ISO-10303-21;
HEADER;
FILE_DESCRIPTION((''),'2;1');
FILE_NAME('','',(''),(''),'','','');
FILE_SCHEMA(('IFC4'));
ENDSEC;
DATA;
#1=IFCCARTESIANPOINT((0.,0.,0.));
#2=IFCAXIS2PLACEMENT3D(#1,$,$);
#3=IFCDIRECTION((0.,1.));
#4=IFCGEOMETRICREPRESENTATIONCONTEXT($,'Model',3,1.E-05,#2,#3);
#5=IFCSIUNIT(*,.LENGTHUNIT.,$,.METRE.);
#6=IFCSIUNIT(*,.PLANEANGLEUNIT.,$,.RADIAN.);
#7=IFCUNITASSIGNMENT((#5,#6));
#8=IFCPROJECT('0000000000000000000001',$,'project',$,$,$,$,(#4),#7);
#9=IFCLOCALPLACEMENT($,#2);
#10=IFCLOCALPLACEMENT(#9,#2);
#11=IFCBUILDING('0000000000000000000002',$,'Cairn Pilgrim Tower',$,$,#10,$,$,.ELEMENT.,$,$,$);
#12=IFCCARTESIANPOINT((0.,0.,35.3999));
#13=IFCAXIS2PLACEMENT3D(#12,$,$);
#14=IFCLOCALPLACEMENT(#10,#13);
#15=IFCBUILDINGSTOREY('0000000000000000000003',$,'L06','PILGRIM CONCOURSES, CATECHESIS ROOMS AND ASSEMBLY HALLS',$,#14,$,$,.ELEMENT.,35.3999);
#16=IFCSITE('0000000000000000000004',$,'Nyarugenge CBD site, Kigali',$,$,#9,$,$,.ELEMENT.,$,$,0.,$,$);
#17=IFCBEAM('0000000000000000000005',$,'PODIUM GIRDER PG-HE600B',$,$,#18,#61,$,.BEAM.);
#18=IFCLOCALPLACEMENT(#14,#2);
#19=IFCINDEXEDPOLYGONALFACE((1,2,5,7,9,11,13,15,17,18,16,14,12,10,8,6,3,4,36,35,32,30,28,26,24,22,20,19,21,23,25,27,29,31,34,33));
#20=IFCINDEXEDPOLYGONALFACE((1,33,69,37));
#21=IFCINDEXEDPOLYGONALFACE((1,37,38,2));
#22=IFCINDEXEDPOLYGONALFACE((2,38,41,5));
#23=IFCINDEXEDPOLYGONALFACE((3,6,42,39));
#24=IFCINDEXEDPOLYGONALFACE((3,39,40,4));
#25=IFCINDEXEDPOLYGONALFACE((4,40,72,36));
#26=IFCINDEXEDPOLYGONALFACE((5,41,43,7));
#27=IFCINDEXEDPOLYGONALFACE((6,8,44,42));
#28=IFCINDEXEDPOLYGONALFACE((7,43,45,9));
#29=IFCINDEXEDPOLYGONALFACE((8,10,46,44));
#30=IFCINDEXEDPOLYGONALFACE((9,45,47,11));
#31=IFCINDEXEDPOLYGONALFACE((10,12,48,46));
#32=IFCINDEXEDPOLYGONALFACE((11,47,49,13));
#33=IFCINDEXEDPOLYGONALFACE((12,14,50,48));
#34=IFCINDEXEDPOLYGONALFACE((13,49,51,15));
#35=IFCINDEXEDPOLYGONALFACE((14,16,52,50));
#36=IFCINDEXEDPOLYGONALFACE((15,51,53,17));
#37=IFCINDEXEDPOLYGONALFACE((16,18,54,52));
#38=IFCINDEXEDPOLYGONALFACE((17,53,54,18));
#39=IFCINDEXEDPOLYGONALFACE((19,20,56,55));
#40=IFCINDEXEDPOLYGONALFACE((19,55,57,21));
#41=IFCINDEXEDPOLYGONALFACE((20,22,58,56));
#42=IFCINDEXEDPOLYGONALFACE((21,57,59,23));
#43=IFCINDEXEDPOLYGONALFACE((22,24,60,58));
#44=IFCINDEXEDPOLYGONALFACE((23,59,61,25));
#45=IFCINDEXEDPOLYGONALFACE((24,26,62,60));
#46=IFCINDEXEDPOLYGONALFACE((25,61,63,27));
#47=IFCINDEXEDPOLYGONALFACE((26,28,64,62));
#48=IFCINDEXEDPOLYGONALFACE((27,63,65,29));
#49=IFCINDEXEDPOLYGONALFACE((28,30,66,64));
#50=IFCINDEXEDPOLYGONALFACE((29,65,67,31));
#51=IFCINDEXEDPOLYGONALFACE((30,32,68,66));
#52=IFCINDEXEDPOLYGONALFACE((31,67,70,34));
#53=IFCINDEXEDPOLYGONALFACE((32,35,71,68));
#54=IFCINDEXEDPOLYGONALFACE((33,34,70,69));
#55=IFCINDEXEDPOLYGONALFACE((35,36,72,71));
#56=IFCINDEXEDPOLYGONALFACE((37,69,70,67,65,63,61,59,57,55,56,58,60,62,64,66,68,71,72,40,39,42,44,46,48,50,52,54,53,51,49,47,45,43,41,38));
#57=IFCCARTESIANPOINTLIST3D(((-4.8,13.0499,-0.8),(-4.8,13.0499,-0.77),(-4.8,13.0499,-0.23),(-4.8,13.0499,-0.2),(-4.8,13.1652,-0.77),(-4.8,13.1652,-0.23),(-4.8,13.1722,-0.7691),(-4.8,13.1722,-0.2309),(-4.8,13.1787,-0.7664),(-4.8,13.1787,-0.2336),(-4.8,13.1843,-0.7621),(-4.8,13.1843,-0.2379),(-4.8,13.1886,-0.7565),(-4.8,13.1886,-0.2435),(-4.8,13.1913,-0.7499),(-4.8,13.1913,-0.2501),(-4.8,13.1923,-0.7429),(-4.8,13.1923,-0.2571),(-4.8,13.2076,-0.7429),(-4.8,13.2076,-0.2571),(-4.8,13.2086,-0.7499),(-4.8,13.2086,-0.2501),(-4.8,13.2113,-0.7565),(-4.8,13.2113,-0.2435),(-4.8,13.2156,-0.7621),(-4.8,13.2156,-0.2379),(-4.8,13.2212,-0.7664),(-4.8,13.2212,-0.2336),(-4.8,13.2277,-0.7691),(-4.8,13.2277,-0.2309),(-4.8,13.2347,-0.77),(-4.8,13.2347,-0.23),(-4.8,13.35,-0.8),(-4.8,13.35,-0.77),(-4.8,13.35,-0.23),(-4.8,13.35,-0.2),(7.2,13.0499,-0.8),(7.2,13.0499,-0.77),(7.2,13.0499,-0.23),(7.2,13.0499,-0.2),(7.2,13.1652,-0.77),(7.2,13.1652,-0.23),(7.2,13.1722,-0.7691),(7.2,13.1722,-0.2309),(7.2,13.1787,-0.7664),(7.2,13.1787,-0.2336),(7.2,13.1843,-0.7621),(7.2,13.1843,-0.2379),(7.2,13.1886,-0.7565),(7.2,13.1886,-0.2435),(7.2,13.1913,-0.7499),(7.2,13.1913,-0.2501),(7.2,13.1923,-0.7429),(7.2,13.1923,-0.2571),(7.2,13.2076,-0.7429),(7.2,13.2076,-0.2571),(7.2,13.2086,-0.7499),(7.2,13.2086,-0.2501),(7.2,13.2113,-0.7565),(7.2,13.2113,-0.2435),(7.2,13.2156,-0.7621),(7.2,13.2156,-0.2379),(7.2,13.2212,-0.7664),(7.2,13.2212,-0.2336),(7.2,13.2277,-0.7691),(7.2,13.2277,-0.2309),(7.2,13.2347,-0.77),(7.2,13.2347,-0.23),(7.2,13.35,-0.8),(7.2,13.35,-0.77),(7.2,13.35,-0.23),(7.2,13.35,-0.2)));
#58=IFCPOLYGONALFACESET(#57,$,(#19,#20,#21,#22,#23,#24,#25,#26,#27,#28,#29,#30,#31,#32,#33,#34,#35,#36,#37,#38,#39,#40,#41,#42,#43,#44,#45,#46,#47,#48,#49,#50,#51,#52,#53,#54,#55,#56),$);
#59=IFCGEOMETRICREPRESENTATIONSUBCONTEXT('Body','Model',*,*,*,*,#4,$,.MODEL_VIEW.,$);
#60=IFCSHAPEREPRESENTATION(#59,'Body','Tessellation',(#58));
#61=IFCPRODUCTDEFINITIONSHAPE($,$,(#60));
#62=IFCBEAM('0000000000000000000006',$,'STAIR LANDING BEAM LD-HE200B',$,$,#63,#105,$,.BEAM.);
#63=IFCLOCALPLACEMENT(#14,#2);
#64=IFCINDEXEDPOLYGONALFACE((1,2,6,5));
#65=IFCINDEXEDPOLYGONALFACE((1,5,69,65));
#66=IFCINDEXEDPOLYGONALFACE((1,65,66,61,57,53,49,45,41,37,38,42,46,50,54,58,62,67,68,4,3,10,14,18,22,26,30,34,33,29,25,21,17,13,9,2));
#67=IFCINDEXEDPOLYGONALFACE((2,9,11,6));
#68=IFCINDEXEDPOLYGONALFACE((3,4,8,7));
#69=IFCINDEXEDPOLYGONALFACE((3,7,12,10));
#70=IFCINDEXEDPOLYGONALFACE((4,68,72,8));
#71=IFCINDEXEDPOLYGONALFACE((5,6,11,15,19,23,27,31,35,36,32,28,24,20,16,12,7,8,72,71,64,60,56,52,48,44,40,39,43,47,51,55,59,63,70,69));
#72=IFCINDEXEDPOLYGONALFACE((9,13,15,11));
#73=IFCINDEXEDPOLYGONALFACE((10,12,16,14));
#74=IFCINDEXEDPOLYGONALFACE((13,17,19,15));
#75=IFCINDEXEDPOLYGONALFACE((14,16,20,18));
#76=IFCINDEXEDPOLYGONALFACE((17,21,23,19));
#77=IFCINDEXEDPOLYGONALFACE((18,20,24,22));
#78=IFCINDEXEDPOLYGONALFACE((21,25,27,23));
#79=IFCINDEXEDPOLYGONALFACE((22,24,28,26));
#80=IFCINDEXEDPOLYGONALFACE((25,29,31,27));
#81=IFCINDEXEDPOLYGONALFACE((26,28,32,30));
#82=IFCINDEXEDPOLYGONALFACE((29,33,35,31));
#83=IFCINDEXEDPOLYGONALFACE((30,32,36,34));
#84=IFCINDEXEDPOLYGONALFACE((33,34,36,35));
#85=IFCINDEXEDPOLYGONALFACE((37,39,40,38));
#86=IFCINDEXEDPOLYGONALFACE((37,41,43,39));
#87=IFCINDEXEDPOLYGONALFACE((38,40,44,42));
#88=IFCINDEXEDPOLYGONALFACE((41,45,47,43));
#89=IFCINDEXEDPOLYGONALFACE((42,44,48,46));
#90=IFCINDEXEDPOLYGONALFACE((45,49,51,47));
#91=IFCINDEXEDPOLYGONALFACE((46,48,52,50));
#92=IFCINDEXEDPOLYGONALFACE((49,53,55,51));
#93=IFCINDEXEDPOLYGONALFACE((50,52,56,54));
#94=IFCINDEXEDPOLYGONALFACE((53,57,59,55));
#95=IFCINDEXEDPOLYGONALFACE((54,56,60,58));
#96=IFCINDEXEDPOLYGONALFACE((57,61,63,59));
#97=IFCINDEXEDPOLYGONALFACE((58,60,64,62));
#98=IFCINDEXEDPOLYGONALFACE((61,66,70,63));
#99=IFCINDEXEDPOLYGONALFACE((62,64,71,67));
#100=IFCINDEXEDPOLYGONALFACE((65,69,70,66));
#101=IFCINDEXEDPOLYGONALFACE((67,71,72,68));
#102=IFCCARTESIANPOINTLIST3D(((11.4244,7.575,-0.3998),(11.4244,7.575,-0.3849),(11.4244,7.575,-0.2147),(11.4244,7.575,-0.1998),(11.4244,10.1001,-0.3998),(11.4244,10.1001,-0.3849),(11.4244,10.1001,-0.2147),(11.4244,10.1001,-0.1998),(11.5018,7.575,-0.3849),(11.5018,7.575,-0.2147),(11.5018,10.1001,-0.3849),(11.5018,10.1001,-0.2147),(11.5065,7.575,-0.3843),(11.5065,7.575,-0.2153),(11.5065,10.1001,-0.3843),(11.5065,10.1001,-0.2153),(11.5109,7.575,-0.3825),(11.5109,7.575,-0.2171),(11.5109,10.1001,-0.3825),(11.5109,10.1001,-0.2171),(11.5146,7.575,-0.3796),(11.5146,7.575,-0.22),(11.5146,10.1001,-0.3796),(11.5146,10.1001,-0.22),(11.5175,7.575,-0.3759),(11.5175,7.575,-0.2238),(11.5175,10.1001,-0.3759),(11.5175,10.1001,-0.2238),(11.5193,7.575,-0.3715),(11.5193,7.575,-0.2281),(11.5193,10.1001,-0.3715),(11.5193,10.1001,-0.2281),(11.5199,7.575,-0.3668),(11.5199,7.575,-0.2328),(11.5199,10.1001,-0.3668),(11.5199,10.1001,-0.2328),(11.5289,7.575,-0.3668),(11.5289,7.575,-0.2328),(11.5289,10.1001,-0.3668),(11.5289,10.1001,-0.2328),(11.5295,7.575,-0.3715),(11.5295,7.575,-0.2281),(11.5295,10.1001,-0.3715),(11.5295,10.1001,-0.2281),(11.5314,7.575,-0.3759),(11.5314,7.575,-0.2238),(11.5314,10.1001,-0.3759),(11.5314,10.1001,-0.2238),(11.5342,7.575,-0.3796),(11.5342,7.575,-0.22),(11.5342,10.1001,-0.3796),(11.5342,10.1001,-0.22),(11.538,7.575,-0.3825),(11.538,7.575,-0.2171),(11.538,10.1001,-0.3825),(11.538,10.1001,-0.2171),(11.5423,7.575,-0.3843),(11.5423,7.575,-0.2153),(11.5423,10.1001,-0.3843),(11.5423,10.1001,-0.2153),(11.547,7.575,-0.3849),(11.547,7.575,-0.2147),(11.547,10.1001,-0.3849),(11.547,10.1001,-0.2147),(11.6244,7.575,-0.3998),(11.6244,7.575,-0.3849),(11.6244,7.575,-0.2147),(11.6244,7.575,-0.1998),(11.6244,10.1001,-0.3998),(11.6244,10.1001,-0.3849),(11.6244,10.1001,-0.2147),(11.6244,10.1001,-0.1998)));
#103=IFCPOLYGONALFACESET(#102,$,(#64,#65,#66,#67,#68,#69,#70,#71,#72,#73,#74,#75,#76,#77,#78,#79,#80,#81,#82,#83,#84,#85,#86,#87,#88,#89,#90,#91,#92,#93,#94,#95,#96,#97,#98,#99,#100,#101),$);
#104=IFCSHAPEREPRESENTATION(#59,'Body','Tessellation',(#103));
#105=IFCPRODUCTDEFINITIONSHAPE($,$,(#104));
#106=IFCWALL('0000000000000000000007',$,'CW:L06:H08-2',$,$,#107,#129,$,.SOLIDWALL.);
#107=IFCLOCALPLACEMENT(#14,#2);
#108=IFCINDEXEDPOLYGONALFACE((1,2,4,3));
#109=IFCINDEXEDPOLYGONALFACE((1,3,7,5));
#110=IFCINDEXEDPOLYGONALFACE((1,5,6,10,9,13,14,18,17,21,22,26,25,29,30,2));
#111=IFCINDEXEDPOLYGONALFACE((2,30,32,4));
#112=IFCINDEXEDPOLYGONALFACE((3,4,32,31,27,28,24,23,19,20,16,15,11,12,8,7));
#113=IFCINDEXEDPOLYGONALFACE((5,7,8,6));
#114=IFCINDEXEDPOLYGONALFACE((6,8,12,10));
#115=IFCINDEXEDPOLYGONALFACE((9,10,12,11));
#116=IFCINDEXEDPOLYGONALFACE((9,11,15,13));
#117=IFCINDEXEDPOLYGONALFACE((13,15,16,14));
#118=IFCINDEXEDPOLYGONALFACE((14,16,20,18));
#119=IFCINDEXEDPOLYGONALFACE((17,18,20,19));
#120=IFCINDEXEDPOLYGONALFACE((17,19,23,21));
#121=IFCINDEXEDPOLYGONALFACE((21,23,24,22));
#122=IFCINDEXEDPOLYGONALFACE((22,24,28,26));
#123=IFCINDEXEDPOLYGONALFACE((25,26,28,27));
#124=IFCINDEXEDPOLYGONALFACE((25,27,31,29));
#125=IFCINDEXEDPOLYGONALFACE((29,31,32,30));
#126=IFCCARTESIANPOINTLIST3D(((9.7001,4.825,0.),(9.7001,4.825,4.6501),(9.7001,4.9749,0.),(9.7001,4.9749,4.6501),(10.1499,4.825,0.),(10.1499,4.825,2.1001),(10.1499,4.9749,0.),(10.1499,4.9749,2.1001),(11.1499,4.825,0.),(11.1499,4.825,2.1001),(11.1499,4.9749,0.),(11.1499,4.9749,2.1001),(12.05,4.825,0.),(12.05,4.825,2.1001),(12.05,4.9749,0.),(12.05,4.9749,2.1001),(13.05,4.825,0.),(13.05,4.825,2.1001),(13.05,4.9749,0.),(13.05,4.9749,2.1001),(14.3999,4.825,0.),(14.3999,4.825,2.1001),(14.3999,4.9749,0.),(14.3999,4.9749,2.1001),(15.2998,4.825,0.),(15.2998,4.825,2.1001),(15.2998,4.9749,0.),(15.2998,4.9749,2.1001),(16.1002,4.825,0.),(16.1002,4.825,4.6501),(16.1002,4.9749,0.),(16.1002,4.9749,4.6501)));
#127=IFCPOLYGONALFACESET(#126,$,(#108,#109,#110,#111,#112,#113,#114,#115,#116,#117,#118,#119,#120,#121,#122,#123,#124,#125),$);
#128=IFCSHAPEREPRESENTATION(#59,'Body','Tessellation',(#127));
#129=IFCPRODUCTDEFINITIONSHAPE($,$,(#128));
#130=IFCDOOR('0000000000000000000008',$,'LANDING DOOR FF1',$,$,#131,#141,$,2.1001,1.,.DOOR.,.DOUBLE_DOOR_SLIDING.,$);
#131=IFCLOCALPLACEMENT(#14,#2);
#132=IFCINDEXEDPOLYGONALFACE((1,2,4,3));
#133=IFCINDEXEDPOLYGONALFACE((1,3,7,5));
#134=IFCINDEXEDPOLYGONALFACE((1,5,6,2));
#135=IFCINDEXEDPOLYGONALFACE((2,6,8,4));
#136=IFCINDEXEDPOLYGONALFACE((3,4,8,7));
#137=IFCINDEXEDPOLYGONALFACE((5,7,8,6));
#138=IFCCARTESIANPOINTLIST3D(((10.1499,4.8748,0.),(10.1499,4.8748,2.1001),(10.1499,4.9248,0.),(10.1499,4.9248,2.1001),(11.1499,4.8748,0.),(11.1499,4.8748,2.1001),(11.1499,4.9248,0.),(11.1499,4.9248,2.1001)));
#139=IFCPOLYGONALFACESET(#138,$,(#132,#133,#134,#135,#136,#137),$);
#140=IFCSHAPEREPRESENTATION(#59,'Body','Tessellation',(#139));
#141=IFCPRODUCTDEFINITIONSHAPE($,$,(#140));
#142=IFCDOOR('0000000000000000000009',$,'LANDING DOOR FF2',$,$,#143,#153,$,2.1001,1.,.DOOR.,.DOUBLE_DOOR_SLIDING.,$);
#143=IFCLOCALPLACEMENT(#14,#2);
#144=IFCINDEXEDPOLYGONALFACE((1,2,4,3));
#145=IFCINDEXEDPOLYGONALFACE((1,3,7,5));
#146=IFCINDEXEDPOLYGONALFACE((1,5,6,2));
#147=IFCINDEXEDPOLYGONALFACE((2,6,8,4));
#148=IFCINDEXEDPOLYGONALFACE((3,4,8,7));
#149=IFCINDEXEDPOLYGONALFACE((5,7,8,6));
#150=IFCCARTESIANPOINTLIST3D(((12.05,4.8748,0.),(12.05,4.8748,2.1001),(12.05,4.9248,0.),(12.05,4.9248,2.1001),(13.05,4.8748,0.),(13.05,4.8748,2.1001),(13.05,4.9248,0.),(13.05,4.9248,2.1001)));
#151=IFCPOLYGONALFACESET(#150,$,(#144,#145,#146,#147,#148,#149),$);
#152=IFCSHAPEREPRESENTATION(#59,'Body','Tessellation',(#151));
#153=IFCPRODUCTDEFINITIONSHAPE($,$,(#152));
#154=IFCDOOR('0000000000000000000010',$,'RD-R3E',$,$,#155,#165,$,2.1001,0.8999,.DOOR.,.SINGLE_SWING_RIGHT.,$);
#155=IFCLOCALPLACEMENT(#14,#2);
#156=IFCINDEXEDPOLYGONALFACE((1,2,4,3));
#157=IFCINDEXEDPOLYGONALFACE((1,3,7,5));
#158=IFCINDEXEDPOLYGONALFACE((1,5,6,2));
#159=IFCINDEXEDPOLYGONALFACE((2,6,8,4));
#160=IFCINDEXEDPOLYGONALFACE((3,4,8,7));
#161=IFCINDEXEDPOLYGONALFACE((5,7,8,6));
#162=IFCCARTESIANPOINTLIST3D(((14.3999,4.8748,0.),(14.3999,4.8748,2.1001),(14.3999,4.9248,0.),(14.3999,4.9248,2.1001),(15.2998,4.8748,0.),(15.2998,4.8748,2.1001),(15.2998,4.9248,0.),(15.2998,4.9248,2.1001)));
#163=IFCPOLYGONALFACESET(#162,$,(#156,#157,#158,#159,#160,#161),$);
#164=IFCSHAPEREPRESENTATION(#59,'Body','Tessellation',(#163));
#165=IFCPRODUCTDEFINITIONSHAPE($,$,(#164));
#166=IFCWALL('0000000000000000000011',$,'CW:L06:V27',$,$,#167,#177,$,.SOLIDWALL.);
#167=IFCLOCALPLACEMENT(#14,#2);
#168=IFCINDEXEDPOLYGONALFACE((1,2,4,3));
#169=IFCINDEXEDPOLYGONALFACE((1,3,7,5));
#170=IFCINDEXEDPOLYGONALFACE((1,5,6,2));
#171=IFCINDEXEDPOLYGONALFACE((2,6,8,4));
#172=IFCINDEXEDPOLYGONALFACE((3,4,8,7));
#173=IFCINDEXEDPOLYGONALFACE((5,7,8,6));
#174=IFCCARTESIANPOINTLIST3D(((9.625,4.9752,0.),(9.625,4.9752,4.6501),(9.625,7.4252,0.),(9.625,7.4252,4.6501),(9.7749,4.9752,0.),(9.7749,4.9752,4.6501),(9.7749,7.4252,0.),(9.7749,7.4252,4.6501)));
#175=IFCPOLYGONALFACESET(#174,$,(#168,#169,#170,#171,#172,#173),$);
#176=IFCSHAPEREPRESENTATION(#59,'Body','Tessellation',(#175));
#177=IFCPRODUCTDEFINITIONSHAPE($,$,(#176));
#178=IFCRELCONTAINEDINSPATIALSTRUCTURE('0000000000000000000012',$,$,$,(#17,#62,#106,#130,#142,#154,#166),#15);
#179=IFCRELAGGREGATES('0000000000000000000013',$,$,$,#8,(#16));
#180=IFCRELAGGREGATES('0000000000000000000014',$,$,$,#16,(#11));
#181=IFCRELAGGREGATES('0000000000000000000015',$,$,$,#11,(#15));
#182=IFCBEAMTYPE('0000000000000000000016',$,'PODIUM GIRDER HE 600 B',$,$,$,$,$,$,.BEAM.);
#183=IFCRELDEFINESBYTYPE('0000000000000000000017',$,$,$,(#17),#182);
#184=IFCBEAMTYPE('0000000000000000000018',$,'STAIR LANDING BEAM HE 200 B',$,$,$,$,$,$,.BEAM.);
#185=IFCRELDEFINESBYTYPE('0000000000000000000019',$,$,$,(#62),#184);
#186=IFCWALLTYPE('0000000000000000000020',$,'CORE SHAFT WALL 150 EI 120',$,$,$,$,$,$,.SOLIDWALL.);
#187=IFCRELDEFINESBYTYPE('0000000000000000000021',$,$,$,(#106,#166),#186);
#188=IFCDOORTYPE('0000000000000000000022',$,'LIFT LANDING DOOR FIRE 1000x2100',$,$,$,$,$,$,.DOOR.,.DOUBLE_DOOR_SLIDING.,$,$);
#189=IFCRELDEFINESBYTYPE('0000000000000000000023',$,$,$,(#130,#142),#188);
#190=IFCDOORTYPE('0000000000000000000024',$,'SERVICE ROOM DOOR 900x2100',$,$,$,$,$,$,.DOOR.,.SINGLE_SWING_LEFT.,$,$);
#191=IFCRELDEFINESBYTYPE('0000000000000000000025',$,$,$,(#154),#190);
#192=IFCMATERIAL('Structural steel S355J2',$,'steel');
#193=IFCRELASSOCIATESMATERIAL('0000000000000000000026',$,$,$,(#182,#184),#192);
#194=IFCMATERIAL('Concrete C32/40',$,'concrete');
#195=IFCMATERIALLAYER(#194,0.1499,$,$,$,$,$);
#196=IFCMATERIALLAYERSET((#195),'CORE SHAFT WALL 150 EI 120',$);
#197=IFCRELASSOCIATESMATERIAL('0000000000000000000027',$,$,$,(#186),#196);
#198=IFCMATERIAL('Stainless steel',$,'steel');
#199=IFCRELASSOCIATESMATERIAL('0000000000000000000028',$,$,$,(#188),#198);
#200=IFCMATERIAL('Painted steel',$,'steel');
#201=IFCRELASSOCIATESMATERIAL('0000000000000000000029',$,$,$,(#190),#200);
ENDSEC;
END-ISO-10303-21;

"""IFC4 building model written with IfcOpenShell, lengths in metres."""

from ifc_helpers import new_model, si_unit, direction, frame, frame_2d, origin, origin_2d, place, context, subcontext, project, spatial, rectangle, i_section, extrude, material, layer, layer_set, material_profile, profile_set, type_object, element, fill, save


model = new_model("IFC4")

# Units and contexts
model_context = context("Model", 3, precision=1e-05, world=origin(), true_north=direction((0.0, 1.0)))
body_context = subcontext(model_context, "Body", "Model", "MODEL_VIEW")
ifc_project = project(units=[si_unit("LENGTHUNIT", "METRE"), si_unit("PLANEANGLEUNIT", "RADIAN")], contexts=[model_context])

# Site, building, storey
site_placement = place(None, origin())
site = spatial("IfcSite", under=ifc_project, at=site_placement, Name="Nyarugenge CBD site, Kigali", CompositionType="ELEMENT", RefElevation=0.0)
building_placement = place(site_placement, origin())
building = spatial("IfcBuilding", under=site, at=building_placement, Name="Cairn Pilgrim Tower", CompositionType="ELEMENT")
storey_placement = place(building_placement, frame((0.0, 0.0, 35.3999)))
storey = spatial("IfcBuildingStorey", under=building, at=storey_placement, Name="L06", Description="PILGRIM CONCOURSES, CATECHESIS ROOMS AND ASSEMBLY HALLS", CompositionType="ELEMENT", Elevation=35.3999)

# Beams
ifc_material_1 = material(Name="Structural steel S355J2", Category="steel")
ifc_material_profile_1 = material_profile(ifc_material_1, i_section(OverallWidth=0.3, OverallDepth=0.6001, WebThickness=0.0154, FlangeThickness=0.03, FilletRadius=0.0271, at=origin_2d()), Name="HEB 600")
ifc_profile_set_1 = profile_set([ifc_material_profile_1], Name="Structural steel S355J2")
beam_type_1 = type_object("IfcBeamType", Name="PODIUM GIRDER HE 600 B", PredefinedType="BEAM", material=ifc_profile_set_1)
beam_1_placement = place(storey_placement, frame((7.2, 13.2, -0.5), z_axis=(-1.0, 0.0, 0.0), x_axis=(0.0, -1.0, 0.0)))
element("IfcBeam", 1, at=beam_1_placement, inside=storey, type_object=beam_type_1, Name="PODIUM GIRDER PG-HE600B", PredefinedType="BEAM", context=body_context, shape_type="SweptSolid", body=[
    extrude(i_section(OverallWidth=0.3, OverallDepth=0.6001, WebThickness=0.0154, FlangeThickness=0.03, FilletRadius=0.0271, at=origin_2d()), origin(), (0.0, 0.0, 1.0), 12.0),
])
ifc_material_profile_2 = material_profile(ifc_material_1, i_section(OverallWidth=0.2, OverallDepth=0.2, WebThickness=0.009, FlangeThickness=0.0149, FilletRadius=0.0181, at=origin_2d()), Name="HE 200 B")
ifc_profile_set_2 = profile_set([ifc_material_profile_2], Name="Structural steel S355J2")
beam_type_2 = type_object("IfcBeamType", Name="STAIR LANDING BEAM HE 200 B", PredefinedType="BEAM", material=ifc_profile_set_2)
beam_2_placement = place(storey_placement, frame((11.5244, 10.1001, -0.2998), z_axis=(0.0, -1.0, 0.0), x_axis=(1.0, 0.0, 0.0)))
element("IfcBeam", 2, at=beam_2_placement, inside=storey, type_object=beam_type_2, Name="STAIR LANDING BEAM LD-HE200B", PredefinedType="BEAM", context=body_context, shape_type="SweptSolid", body=[
    extrude(i_section(OverallWidth=0.2, OverallDepth=0.2, WebThickness=0.009, FlangeThickness=0.0149, FilletRadius=0.0181, at=origin_2d()), origin(), (0.0, 0.0, 1.0), 2.5251),
])

# Wall, openings, doors
ifc_material_2 = material(Name="Concrete C32/40", Category="concrete")
ifc_layer_1 = layer(ifc_material_2, 0.1499)
ifc_layer_set_1 = layer_set([ifc_layer_1], Name="CORE SHAFT WALL 150 EI 120")
wall_type_1 = type_object("IfcWallType", Name="CORE SHAFT WALL 150 EI 120", PredefinedType="SOLIDWALL", material=ifc_layer_set_1)
wall_1_placement = place(storey_placement, frame((9.7, 4.8999, 0.0), z_axis=(0.0, 0.0, 1.0), x_axis=(1.0, 0.0, 0.0)))
wall_1 = element("IfcWall", 3, at=wall_1_placement, inside=storey, type_object=wall_type_1, Name="CW:L06:H08-2", PredefinedType="SOLIDWALL", context=body_context, shape_type="SweptSolid", body=[
    extrude(rectangle(XDim=6.4001, YDim=0.1499, at=frame_2d((3.2002, 0.0))), origin(), (0.0, 0.0, 1.0), 4.6501),
])
opening_1_placement = place(wall_1_placement, frame((0.45, 0.0, 0.0)))
opening_1 = element("IfcOpeningElement", 4, at=opening_1_placement, cuts=wall_1, PredefinedType="OPENING", context=body_context, shape_type="SweptSolid", body=[
    extrude(rectangle(XDim=1.0, YDim=2.1001, at=frame_2d((0.5, 1.05))), frame((0.0, 0.085, 0.0), z_axis=(0.0, -1.0, 0.0), x_axis=(1.0, 0.0, 0.0)), (0.0, 0.0, 1.0), 0.1699),
])
opening_2_placement = place(wall_1_placement, frame((2.3501, 0.0, 0.0)))
opening_2 = element("IfcOpeningElement", 5, at=opening_2_placement, cuts=wall_1, PredefinedType="OPENING", context=body_context, shape_type="SweptSolid", body=[
    extrude(rectangle(XDim=1.0, YDim=2.1001, at=frame_2d((0.5, 1.05))), frame((0.0, 0.085, 0.0), z_axis=(0.0, -1.0, 0.0), x_axis=(1.0, 0.0, 0.0)), (0.0, 0.0, 1.0), 0.1699),
])
opening_3_placement = place(wall_1_placement, frame((4.7, 0.0, 0.0)))
opening_3 = element("IfcOpeningElement", 6, at=opening_3_placement, cuts=wall_1, PredefinedType="OPENING", context=body_context, shape_type="SweptSolid", body=[
    extrude(rectangle(XDim=0.8999, YDim=2.1001, at=frame_2d((0.45, 1.05))), frame((0.0, 0.085, 0.0), z_axis=(0.0, -1.0, 0.0), x_axis=(1.0, 0.0, 0.0)), (0.0, 0.0, 1.0), 0.1699),
])
ifc_material_3 = material(Name="Stainless steel", Category="steel")
door_type_1 = type_object("IfcDoorType", Name="LIFT LANDING DOOR FIRE 1000x2100", OperationType="DOUBLE_DOOR_SLIDING", PredefinedType="DOOR", material=ifc_material_3)
door_1_placement = place(opening_1_placement, origin())
door_1 = element("IfcDoor", 7, at=door_1_placement, inside=storey, type_object=door_type_1, Name="LANDING DOOR FF1", OperationType="DOUBLE_DOOR_SLIDING", OverallHeight=2.1001, OverallWidth=1.0, PredefinedType="DOOR", context=body_context, shape_type="SweptSolid", body=[
    extrude(rectangle(XDim=1.0, YDim=2.1001, at=frame_2d((0.5, 1.05))), frame((0.0, 0.0249, 0.0), z_axis=(0.0, -1.0, 0.0), x_axis=(1.0, 0.0, 0.0)), (0.0, 0.0, 1.0), 0.05),
])
fill(opening_1, door_1)
door_2_placement = place(opening_2_placement, origin())
door_2 = element("IfcDoor", 8, at=door_2_placement, inside=storey, type_object=door_type_1, Name="LANDING DOOR FF2", OperationType="DOUBLE_DOOR_SLIDING", OverallHeight=2.1001, OverallWidth=1.0, PredefinedType="DOOR", context=body_context, shape_type="SweptSolid", body=[
    extrude(rectangle(XDim=1.0, YDim=2.1001, at=frame_2d((0.5, 1.05))), frame((0.0, 0.0249, 0.0), z_axis=(0.0, -1.0, 0.0), x_axis=(1.0, 0.0, 0.0)), (0.0, 0.0, 1.0), 0.05),
])
fill(opening_2, door_2)
ifc_material_4 = material(Name="Painted steel", Category="steel")
door_type_2 = type_object("IfcDoorType", Name="SERVICE ROOM DOOR 900x2100", OperationType="SINGLE_SWING_LEFT", PredefinedType="DOOR", material=ifc_material_4)
door_3_placement = place(opening_3_placement, origin())
door_3 = element("IfcDoor", 9, at=door_3_placement, inside=storey, type_object=door_type_2, Name="RD-R3E", OperationType="SINGLE_SWING_RIGHT", OverallHeight=2.1001, OverallWidth=0.8999, PredefinedType="DOOR", context=body_context, shape_type="SweptSolid", body=[
    extrude(rectangle(XDim=0.8999, YDim=2.1001, at=frame_2d((0.45, 1.05))), frame((0.0, 0.0249, 0.0), z_axis=(0.0, -1.0, 0.0), x_axis=(1.0, 0.0, 0.0)), (0.0, 0.0, 1.0), 0.05),
])
fill(opening_3, door_3)

# Wall
wall_2_placement = place(storey_placement, frame((9.7, 4.9751, 0.0), z_axis=(0.0, 0.0, 1.0), x_axis=(0.0, 1.0, 0.0)))
element("IfcWall", 10, at=wall_2_placement, inside=storey, type_object=wall_type_1, Name="CW:L06:V27", PredefinedType="SOLIDWALL", context=body_context, shape_type="SweptSolid", body=[
    extrude(rectangle(XDim=2.45, YDim=0.1499, at=frame_2d((1.2251, 0.0))), origin(), (0.0, 0.0, 1.0), 4.6501),
])

save(model, "model.ifc")
